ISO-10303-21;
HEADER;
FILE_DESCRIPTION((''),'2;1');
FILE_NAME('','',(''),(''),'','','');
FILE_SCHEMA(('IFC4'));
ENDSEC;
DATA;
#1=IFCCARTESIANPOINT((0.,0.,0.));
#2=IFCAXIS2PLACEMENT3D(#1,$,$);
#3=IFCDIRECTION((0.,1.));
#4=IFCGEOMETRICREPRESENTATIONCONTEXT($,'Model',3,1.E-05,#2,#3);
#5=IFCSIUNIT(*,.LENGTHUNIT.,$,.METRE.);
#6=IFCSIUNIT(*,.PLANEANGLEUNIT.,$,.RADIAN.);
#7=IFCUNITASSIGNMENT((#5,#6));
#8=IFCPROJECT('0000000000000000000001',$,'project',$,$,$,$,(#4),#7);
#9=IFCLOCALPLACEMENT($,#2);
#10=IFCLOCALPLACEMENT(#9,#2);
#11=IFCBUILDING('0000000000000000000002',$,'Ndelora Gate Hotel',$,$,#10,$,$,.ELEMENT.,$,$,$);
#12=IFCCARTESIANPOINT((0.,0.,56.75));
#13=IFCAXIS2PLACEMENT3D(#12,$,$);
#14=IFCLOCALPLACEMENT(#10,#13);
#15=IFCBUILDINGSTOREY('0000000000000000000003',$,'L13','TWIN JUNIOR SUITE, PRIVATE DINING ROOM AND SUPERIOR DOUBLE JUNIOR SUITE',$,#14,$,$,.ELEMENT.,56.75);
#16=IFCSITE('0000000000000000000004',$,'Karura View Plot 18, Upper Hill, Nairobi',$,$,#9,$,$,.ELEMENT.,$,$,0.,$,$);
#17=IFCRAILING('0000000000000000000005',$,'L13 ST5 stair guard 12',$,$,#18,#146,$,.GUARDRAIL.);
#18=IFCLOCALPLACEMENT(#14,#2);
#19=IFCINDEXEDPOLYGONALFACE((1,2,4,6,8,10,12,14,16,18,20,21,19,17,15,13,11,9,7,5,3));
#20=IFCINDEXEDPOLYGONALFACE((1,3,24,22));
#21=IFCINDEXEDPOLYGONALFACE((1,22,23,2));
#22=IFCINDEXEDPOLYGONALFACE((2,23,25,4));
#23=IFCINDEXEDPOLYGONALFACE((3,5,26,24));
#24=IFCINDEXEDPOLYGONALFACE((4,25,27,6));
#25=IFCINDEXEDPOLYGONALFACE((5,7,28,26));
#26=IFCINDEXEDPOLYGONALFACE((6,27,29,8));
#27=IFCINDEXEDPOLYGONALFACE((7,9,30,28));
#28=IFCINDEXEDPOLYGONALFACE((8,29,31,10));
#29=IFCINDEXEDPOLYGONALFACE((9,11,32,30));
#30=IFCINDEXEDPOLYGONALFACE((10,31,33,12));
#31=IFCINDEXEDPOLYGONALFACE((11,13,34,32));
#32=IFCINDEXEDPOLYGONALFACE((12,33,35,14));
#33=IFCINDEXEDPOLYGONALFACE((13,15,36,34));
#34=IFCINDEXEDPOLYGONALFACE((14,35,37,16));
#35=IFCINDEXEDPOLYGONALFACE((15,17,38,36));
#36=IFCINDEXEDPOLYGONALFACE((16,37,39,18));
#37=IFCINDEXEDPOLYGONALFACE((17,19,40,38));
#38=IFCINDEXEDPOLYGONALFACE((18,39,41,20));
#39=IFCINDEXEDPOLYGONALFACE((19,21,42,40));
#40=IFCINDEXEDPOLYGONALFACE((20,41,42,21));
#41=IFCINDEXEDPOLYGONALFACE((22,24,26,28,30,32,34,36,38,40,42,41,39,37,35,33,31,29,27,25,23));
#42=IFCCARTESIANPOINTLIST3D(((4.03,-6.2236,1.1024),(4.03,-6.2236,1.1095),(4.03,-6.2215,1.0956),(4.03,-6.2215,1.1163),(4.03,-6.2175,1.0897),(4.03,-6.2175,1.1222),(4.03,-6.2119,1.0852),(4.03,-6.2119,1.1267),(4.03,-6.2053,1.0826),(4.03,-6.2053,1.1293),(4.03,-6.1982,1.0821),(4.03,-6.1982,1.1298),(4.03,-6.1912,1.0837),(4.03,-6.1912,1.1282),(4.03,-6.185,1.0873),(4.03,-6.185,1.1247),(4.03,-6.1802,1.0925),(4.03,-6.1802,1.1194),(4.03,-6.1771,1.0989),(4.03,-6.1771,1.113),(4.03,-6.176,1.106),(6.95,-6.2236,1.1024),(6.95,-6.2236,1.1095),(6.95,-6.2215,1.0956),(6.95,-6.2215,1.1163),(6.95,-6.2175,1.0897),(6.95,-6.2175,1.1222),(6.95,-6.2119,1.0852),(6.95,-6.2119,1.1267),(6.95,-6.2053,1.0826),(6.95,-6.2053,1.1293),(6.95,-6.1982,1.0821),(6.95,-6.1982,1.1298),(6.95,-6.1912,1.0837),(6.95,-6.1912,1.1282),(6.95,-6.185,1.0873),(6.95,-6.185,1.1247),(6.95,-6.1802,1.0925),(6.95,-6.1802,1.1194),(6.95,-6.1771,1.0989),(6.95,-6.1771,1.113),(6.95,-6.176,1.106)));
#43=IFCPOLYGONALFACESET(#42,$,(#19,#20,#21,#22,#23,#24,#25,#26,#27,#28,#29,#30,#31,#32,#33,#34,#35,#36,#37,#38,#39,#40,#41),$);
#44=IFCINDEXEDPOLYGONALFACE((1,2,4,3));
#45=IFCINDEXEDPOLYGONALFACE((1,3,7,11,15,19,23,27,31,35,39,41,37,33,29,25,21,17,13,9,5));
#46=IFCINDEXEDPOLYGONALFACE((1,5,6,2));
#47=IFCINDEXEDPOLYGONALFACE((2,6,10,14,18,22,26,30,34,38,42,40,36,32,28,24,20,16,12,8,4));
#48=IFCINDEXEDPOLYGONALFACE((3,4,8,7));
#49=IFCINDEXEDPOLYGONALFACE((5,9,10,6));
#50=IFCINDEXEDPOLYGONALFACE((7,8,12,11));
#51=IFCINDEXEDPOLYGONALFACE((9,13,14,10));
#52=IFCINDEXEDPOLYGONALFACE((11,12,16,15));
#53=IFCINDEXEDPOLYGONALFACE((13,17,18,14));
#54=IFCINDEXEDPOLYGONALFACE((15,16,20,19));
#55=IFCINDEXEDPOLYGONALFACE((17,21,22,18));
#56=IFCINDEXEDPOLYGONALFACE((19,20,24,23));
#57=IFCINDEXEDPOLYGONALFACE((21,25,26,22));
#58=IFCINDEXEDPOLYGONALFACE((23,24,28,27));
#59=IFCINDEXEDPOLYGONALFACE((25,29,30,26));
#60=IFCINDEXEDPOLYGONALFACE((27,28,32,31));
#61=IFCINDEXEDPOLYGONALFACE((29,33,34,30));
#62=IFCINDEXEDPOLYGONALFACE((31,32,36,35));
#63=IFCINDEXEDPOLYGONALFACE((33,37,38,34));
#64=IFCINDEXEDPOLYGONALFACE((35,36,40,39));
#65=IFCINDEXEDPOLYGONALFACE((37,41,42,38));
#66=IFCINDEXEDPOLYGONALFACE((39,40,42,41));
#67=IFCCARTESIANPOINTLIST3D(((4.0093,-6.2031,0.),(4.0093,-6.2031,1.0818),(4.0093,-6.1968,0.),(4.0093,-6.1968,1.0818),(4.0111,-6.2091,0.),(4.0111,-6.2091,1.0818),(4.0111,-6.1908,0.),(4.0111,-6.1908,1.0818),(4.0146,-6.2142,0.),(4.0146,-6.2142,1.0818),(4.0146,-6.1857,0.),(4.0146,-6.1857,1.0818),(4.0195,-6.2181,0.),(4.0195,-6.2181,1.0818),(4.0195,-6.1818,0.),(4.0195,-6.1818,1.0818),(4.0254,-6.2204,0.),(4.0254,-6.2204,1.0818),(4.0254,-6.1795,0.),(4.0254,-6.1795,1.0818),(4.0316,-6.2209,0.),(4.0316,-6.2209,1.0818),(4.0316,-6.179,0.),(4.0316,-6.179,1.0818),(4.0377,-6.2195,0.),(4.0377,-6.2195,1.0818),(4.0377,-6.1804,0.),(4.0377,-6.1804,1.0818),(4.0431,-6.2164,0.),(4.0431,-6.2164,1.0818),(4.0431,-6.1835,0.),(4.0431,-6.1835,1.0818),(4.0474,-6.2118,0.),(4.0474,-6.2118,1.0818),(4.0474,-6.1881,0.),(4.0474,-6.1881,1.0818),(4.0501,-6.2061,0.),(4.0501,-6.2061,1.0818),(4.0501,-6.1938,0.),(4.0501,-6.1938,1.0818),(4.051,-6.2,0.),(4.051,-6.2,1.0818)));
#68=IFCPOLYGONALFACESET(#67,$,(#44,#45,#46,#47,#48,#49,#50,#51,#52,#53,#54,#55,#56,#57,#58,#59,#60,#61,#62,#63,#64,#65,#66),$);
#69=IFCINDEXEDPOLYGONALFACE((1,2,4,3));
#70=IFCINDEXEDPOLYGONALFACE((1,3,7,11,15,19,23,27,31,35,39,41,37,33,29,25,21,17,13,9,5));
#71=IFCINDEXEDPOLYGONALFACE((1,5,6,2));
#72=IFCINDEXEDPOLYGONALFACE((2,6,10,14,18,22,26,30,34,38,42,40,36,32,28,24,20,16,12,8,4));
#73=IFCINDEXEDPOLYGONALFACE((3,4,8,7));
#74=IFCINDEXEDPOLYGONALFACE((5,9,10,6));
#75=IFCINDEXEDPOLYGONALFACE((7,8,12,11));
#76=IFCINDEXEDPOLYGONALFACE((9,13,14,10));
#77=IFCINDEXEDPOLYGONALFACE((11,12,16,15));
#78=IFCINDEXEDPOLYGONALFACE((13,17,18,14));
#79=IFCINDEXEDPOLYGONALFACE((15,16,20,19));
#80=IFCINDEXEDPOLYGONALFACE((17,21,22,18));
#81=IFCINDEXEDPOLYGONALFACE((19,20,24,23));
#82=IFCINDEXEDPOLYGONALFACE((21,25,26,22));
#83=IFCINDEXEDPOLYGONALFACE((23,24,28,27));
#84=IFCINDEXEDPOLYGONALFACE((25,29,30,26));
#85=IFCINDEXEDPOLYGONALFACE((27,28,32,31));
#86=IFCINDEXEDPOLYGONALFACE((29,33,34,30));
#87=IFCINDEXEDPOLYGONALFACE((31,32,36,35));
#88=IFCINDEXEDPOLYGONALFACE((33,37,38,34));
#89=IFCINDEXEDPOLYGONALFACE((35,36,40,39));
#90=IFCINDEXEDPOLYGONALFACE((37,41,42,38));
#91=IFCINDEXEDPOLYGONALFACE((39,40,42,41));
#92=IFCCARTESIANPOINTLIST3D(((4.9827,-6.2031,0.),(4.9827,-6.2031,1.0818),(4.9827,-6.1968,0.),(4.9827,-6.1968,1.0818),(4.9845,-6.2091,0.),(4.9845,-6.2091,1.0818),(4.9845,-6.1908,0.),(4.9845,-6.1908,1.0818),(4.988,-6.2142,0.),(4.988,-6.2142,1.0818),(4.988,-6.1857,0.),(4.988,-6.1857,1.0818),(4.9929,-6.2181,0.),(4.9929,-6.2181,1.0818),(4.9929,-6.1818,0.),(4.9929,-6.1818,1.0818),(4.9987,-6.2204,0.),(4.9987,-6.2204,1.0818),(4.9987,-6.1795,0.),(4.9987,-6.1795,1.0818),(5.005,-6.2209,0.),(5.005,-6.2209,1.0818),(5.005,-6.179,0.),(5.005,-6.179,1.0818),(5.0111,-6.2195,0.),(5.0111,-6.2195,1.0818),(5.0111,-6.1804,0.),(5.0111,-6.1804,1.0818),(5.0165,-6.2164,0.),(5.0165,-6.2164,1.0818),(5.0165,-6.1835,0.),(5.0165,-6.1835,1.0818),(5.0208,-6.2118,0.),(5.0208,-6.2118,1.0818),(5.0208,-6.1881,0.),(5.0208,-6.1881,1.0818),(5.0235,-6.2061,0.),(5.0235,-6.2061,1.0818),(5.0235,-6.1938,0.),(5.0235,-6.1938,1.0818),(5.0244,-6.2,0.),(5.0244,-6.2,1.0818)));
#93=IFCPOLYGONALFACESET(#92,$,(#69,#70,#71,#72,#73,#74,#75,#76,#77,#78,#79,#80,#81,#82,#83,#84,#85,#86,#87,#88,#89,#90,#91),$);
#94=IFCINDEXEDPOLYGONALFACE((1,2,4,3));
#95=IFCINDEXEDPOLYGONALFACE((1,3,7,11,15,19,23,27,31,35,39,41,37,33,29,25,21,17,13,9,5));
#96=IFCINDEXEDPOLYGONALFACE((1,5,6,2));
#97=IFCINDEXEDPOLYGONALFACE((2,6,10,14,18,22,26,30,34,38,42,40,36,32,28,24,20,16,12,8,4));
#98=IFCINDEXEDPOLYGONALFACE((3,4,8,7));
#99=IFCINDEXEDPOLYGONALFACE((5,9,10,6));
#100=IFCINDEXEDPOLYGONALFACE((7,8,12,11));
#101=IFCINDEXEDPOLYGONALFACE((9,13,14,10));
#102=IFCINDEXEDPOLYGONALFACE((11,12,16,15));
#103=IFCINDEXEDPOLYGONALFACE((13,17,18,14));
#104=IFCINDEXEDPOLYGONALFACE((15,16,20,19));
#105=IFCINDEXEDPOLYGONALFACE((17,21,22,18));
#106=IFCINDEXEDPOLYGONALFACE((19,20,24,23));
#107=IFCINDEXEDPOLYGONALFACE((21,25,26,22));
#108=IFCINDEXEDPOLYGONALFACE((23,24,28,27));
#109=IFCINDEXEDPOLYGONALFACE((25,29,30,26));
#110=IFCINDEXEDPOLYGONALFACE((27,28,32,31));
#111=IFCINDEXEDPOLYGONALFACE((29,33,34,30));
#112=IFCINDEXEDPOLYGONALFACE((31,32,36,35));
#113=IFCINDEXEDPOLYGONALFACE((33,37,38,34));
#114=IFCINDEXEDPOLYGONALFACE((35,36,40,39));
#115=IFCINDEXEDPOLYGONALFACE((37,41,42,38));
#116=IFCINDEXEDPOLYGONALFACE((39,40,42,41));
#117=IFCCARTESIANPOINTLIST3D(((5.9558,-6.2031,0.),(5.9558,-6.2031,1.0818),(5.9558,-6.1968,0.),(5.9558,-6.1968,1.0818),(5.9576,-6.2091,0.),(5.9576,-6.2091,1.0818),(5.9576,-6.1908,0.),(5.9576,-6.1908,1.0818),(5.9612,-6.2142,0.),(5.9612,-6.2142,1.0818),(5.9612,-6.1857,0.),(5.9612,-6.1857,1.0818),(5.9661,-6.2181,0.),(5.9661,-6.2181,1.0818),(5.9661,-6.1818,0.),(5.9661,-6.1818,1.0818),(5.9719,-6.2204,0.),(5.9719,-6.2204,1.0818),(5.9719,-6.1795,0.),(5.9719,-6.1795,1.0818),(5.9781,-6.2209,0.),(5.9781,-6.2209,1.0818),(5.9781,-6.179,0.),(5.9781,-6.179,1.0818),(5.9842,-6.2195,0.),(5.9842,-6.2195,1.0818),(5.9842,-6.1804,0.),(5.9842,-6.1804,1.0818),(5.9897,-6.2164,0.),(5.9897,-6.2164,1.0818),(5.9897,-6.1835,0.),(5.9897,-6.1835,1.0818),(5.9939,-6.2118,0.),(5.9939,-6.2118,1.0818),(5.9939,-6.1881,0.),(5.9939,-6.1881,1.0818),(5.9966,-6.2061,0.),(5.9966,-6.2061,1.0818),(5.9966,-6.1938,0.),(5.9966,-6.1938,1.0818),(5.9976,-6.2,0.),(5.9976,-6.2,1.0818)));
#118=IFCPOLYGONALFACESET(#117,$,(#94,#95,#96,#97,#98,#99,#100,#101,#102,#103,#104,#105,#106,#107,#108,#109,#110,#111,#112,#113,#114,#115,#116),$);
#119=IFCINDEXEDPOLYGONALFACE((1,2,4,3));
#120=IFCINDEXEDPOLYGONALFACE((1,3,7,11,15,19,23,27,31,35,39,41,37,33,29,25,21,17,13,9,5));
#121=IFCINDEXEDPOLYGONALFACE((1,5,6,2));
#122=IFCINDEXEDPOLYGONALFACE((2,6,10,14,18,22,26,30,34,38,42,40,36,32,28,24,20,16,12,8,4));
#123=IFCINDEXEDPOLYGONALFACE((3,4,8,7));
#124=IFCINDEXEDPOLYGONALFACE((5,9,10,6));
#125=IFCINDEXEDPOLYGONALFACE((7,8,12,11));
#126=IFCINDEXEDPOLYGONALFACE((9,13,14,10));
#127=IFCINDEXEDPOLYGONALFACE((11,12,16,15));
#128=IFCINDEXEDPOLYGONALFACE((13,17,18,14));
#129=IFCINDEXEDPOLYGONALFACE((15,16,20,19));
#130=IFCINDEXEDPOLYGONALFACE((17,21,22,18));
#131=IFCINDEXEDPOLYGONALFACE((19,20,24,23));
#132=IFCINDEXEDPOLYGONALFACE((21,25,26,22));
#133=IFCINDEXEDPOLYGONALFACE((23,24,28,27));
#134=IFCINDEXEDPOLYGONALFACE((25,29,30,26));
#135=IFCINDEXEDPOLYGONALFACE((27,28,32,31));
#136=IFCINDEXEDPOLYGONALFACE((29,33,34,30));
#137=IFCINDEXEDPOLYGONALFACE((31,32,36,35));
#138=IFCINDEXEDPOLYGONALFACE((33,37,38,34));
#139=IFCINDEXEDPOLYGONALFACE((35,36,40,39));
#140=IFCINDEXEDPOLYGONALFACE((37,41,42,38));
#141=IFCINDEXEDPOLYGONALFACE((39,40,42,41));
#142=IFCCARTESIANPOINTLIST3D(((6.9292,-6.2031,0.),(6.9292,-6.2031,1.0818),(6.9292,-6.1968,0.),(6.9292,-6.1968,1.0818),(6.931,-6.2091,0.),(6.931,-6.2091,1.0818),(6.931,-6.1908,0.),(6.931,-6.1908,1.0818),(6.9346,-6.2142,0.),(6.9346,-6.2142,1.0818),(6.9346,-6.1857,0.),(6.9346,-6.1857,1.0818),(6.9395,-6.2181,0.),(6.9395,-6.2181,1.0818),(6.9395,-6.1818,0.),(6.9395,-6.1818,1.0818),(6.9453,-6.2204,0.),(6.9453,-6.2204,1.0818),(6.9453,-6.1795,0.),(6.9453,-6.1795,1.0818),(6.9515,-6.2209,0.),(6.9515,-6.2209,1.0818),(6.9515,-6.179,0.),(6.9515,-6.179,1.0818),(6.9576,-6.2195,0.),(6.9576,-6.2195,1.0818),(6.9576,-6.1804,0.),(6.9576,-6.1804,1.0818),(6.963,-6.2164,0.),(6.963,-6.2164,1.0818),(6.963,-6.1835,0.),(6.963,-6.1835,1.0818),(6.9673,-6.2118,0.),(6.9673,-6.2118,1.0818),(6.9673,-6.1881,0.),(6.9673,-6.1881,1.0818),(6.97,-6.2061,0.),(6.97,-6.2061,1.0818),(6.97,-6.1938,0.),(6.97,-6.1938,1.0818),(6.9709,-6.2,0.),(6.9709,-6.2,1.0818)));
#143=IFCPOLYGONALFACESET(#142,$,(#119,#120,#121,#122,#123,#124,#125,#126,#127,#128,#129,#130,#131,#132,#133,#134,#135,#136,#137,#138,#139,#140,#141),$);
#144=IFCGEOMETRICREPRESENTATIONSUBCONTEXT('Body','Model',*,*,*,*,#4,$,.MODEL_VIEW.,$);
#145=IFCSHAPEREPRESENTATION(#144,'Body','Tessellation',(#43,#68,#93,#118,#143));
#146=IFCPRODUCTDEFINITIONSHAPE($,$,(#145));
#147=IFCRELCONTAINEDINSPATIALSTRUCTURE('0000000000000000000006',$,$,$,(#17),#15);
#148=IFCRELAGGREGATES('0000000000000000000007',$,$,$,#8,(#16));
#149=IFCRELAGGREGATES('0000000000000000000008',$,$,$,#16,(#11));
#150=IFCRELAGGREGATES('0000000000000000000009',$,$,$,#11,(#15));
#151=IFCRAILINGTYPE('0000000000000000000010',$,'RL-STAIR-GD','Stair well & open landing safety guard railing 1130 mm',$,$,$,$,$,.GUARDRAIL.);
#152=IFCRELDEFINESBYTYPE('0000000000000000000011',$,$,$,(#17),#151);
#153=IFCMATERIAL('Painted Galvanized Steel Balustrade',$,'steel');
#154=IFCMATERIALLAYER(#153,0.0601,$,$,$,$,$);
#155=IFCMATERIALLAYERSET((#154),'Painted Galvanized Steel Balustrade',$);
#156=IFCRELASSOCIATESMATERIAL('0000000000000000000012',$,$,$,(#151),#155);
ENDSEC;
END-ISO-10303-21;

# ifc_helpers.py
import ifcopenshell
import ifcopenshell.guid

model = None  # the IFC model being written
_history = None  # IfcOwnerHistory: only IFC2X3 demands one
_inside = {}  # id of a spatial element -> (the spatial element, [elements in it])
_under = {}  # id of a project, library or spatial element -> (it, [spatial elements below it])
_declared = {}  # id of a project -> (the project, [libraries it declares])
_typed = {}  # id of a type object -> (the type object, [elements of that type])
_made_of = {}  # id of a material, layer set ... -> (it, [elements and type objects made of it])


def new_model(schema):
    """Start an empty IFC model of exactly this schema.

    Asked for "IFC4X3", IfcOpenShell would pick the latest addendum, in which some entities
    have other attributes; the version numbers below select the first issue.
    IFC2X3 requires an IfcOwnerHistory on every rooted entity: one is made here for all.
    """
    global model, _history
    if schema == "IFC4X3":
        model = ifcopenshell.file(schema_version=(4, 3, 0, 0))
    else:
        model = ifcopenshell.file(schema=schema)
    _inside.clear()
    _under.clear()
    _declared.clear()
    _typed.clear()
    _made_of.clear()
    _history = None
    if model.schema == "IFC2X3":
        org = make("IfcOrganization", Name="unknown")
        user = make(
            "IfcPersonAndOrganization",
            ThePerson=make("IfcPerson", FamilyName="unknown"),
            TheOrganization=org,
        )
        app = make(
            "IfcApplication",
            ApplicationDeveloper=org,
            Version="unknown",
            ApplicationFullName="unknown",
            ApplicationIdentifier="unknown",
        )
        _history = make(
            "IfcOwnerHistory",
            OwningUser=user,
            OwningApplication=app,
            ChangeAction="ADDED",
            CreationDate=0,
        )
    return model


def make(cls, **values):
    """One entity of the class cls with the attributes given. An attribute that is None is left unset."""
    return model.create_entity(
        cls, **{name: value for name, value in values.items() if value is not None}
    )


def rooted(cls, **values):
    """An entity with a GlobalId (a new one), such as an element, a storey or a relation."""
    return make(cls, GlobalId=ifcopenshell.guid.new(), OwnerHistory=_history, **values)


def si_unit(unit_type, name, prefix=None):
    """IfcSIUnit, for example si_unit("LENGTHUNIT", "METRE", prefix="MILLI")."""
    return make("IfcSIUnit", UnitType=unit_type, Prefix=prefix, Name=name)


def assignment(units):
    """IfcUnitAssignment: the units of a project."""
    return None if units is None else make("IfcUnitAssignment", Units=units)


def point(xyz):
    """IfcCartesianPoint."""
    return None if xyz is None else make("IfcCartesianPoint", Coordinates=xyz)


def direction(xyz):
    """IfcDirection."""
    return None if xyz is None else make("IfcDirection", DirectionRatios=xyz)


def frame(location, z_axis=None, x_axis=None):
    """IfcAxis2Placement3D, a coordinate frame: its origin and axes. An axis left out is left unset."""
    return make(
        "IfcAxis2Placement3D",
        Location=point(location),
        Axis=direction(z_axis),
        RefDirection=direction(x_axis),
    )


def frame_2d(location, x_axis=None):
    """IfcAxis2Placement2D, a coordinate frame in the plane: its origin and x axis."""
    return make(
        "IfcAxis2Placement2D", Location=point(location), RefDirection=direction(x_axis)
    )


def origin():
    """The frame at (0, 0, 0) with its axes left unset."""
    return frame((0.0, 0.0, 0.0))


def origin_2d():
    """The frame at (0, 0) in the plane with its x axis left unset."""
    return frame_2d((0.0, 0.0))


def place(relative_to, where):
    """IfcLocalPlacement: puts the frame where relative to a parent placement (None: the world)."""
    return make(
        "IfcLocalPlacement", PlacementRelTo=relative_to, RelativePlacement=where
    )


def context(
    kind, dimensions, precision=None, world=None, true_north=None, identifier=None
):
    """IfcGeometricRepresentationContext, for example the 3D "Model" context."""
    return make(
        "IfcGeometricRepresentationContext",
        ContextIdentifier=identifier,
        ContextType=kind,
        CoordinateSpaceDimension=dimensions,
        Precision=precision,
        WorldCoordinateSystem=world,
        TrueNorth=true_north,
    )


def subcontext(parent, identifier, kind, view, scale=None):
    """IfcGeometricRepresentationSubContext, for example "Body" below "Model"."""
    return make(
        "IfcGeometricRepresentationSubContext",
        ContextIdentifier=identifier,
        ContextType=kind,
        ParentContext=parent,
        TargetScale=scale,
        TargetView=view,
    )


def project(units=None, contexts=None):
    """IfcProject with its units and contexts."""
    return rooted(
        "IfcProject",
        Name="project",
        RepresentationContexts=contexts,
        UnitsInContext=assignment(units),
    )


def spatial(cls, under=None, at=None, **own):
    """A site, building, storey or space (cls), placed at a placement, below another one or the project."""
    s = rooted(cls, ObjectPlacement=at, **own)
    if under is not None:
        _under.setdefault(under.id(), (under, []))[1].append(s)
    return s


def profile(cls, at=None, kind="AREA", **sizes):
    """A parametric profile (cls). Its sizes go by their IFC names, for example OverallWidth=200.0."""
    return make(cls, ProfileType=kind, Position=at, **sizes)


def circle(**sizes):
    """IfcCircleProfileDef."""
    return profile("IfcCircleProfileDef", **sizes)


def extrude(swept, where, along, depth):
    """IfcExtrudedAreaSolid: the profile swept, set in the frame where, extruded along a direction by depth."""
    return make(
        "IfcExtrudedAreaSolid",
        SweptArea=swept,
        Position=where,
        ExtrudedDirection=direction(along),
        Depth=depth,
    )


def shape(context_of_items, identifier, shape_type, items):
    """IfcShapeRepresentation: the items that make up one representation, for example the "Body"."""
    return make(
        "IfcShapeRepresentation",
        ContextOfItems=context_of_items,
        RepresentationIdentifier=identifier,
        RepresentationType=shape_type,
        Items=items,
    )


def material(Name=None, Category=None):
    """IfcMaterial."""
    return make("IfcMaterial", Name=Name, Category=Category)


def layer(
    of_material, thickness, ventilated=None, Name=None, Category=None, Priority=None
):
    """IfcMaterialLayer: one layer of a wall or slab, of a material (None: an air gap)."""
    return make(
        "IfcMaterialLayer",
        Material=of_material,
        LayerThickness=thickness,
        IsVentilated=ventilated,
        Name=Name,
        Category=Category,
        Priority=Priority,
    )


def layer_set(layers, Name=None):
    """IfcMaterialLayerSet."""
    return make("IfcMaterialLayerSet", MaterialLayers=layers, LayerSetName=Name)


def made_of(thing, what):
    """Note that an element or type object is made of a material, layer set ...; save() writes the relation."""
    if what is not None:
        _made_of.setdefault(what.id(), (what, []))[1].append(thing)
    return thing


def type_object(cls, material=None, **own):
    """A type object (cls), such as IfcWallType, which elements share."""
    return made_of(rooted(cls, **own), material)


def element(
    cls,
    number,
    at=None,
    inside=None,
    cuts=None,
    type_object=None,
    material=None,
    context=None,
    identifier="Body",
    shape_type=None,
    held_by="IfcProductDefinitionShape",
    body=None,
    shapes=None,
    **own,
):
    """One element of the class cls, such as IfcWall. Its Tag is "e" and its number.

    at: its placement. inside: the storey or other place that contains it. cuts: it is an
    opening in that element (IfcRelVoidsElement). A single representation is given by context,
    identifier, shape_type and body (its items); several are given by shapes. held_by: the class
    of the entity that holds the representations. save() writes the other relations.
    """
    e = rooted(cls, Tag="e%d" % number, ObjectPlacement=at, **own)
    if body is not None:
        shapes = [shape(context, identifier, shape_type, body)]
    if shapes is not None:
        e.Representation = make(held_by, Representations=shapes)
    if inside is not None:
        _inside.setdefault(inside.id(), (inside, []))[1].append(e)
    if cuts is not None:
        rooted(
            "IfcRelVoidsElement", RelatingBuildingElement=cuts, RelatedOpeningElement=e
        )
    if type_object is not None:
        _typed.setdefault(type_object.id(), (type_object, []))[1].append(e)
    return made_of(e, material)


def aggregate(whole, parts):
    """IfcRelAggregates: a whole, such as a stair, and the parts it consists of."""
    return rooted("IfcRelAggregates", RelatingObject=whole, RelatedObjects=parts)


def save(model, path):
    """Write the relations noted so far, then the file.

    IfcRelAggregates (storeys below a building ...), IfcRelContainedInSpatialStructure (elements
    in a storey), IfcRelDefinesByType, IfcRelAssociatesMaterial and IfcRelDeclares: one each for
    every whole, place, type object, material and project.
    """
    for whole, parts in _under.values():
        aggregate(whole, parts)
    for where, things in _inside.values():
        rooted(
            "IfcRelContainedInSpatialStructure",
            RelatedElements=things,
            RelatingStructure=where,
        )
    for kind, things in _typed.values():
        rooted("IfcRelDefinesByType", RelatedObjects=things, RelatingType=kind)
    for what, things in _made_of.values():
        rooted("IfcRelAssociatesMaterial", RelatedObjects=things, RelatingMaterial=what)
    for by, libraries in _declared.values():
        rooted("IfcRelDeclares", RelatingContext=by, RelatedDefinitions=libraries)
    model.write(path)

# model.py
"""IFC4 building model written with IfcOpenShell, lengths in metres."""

from ifc_helpers import new_model, si_unit, direction, frame, origin, origin_2d, place, context, subcontext, project, spatial, circle, extrude, material, layer, layer_set, type_object, element, save


model = new_model("IFC4")

# Units and contexts
model_context = context("Model", 3, precision=1e-05, world=origin(), true_north=direction((0.0, 1.0)))
body_context = subcontext(model_context, "Body", "Model", "MODEL_VIEW")
ifc_project = project(units=[si_unit("LENGTHUNIT", "METRE"), si_unit("PLANEANGLEUNIT", "RADIAN")], contexts=[model_context])

# Site, building, storey
site_placement = place(None, origin())
site = spatial("IfcSite", under=ifc_project, at=site_placement, Name="Karura View Plot 18, Upper Hill, Nairobi", CompositionType="ELEMENT", RefElevation=0.0)
building_placement = place(site_placement, origin())
building = spatial("IfcBuilding", under=site, at=building_placement, Name="Ndelora Gate Hotel", CompositionType="ELEMENT")
storey_placement = place(building_placement, frame((0.0, 0.0, 56.75)))
storey = spatial("IfcBuildingStorey", under=building, at=storey_placement, Name="L13", Description="TWIN JUNIOR SUITE, PRIVATE DINING ROOM AND SUPERIOR DOUBLE JUNIOR SUITE", CompositionType="ELEMENT", Elevation=56.75)

# Railing
ifc_material_1 = material(Name="Painted Galvanized Steel Balustrade", Category="steel")
ifc_layer_1 = layer(ifc_material_1, 0.0601)
ifc_layer_set_1 = layer_set([ifc_layer_1], Name="Painted Galvanized Steel Balustrade")
railing_type_1 = type_object("IfcRailingType", Name="RL-STAIR-GD", Description="Stair well & open landing safety guard railing 1130 mm", PredefinedType="GUARDRAIL", material=ifc_layer_set_1)
railing_1_placement = place(storey_placement, frame((4.03, -6.2, 0.0)))
element("IfcRailing", 1, at=railing_1_placement, inside=storey, type_object=railing_type_1, Name="L13 ST5 stair guard 12", PredefinedType="GUARDRAIL", context=body_context, shape_type="SweptSolid", body=[
    extrude(circle(Radius=0.0239, at=origin_2d()), frame((0.0, 0.0, 1.106), z_axis=(1.0, 0.0, 0.0), x_axis=(0.0, 1.0, 0.0)), (0.0, 0.0, 1.0), 2.9199),
    extrude(circle(Radius=0.021, at=origin_2d()), origin(), (0.0, 0.0, 1.0), 1.0818),
    extrude(circle(Radius=0.021, at=origin_2d()), frame((0.9734, 0.0, 0.0)), (0.0, 0.0, 1.0), 1.0818),
    extrude(circle(Radius=0.021, at=origin_2d()), frame((1.9465, 0.0, 0.0)), (0.0, 0.0, 1.0), 1.0818),
    extrude(circle(Radius=0.021, at=origin_2d()), frame((2.9199, 0.0, 0.0)), (0.0, 0.0, 1.0), 1.0818),
])

save(model, "model.ifc")
